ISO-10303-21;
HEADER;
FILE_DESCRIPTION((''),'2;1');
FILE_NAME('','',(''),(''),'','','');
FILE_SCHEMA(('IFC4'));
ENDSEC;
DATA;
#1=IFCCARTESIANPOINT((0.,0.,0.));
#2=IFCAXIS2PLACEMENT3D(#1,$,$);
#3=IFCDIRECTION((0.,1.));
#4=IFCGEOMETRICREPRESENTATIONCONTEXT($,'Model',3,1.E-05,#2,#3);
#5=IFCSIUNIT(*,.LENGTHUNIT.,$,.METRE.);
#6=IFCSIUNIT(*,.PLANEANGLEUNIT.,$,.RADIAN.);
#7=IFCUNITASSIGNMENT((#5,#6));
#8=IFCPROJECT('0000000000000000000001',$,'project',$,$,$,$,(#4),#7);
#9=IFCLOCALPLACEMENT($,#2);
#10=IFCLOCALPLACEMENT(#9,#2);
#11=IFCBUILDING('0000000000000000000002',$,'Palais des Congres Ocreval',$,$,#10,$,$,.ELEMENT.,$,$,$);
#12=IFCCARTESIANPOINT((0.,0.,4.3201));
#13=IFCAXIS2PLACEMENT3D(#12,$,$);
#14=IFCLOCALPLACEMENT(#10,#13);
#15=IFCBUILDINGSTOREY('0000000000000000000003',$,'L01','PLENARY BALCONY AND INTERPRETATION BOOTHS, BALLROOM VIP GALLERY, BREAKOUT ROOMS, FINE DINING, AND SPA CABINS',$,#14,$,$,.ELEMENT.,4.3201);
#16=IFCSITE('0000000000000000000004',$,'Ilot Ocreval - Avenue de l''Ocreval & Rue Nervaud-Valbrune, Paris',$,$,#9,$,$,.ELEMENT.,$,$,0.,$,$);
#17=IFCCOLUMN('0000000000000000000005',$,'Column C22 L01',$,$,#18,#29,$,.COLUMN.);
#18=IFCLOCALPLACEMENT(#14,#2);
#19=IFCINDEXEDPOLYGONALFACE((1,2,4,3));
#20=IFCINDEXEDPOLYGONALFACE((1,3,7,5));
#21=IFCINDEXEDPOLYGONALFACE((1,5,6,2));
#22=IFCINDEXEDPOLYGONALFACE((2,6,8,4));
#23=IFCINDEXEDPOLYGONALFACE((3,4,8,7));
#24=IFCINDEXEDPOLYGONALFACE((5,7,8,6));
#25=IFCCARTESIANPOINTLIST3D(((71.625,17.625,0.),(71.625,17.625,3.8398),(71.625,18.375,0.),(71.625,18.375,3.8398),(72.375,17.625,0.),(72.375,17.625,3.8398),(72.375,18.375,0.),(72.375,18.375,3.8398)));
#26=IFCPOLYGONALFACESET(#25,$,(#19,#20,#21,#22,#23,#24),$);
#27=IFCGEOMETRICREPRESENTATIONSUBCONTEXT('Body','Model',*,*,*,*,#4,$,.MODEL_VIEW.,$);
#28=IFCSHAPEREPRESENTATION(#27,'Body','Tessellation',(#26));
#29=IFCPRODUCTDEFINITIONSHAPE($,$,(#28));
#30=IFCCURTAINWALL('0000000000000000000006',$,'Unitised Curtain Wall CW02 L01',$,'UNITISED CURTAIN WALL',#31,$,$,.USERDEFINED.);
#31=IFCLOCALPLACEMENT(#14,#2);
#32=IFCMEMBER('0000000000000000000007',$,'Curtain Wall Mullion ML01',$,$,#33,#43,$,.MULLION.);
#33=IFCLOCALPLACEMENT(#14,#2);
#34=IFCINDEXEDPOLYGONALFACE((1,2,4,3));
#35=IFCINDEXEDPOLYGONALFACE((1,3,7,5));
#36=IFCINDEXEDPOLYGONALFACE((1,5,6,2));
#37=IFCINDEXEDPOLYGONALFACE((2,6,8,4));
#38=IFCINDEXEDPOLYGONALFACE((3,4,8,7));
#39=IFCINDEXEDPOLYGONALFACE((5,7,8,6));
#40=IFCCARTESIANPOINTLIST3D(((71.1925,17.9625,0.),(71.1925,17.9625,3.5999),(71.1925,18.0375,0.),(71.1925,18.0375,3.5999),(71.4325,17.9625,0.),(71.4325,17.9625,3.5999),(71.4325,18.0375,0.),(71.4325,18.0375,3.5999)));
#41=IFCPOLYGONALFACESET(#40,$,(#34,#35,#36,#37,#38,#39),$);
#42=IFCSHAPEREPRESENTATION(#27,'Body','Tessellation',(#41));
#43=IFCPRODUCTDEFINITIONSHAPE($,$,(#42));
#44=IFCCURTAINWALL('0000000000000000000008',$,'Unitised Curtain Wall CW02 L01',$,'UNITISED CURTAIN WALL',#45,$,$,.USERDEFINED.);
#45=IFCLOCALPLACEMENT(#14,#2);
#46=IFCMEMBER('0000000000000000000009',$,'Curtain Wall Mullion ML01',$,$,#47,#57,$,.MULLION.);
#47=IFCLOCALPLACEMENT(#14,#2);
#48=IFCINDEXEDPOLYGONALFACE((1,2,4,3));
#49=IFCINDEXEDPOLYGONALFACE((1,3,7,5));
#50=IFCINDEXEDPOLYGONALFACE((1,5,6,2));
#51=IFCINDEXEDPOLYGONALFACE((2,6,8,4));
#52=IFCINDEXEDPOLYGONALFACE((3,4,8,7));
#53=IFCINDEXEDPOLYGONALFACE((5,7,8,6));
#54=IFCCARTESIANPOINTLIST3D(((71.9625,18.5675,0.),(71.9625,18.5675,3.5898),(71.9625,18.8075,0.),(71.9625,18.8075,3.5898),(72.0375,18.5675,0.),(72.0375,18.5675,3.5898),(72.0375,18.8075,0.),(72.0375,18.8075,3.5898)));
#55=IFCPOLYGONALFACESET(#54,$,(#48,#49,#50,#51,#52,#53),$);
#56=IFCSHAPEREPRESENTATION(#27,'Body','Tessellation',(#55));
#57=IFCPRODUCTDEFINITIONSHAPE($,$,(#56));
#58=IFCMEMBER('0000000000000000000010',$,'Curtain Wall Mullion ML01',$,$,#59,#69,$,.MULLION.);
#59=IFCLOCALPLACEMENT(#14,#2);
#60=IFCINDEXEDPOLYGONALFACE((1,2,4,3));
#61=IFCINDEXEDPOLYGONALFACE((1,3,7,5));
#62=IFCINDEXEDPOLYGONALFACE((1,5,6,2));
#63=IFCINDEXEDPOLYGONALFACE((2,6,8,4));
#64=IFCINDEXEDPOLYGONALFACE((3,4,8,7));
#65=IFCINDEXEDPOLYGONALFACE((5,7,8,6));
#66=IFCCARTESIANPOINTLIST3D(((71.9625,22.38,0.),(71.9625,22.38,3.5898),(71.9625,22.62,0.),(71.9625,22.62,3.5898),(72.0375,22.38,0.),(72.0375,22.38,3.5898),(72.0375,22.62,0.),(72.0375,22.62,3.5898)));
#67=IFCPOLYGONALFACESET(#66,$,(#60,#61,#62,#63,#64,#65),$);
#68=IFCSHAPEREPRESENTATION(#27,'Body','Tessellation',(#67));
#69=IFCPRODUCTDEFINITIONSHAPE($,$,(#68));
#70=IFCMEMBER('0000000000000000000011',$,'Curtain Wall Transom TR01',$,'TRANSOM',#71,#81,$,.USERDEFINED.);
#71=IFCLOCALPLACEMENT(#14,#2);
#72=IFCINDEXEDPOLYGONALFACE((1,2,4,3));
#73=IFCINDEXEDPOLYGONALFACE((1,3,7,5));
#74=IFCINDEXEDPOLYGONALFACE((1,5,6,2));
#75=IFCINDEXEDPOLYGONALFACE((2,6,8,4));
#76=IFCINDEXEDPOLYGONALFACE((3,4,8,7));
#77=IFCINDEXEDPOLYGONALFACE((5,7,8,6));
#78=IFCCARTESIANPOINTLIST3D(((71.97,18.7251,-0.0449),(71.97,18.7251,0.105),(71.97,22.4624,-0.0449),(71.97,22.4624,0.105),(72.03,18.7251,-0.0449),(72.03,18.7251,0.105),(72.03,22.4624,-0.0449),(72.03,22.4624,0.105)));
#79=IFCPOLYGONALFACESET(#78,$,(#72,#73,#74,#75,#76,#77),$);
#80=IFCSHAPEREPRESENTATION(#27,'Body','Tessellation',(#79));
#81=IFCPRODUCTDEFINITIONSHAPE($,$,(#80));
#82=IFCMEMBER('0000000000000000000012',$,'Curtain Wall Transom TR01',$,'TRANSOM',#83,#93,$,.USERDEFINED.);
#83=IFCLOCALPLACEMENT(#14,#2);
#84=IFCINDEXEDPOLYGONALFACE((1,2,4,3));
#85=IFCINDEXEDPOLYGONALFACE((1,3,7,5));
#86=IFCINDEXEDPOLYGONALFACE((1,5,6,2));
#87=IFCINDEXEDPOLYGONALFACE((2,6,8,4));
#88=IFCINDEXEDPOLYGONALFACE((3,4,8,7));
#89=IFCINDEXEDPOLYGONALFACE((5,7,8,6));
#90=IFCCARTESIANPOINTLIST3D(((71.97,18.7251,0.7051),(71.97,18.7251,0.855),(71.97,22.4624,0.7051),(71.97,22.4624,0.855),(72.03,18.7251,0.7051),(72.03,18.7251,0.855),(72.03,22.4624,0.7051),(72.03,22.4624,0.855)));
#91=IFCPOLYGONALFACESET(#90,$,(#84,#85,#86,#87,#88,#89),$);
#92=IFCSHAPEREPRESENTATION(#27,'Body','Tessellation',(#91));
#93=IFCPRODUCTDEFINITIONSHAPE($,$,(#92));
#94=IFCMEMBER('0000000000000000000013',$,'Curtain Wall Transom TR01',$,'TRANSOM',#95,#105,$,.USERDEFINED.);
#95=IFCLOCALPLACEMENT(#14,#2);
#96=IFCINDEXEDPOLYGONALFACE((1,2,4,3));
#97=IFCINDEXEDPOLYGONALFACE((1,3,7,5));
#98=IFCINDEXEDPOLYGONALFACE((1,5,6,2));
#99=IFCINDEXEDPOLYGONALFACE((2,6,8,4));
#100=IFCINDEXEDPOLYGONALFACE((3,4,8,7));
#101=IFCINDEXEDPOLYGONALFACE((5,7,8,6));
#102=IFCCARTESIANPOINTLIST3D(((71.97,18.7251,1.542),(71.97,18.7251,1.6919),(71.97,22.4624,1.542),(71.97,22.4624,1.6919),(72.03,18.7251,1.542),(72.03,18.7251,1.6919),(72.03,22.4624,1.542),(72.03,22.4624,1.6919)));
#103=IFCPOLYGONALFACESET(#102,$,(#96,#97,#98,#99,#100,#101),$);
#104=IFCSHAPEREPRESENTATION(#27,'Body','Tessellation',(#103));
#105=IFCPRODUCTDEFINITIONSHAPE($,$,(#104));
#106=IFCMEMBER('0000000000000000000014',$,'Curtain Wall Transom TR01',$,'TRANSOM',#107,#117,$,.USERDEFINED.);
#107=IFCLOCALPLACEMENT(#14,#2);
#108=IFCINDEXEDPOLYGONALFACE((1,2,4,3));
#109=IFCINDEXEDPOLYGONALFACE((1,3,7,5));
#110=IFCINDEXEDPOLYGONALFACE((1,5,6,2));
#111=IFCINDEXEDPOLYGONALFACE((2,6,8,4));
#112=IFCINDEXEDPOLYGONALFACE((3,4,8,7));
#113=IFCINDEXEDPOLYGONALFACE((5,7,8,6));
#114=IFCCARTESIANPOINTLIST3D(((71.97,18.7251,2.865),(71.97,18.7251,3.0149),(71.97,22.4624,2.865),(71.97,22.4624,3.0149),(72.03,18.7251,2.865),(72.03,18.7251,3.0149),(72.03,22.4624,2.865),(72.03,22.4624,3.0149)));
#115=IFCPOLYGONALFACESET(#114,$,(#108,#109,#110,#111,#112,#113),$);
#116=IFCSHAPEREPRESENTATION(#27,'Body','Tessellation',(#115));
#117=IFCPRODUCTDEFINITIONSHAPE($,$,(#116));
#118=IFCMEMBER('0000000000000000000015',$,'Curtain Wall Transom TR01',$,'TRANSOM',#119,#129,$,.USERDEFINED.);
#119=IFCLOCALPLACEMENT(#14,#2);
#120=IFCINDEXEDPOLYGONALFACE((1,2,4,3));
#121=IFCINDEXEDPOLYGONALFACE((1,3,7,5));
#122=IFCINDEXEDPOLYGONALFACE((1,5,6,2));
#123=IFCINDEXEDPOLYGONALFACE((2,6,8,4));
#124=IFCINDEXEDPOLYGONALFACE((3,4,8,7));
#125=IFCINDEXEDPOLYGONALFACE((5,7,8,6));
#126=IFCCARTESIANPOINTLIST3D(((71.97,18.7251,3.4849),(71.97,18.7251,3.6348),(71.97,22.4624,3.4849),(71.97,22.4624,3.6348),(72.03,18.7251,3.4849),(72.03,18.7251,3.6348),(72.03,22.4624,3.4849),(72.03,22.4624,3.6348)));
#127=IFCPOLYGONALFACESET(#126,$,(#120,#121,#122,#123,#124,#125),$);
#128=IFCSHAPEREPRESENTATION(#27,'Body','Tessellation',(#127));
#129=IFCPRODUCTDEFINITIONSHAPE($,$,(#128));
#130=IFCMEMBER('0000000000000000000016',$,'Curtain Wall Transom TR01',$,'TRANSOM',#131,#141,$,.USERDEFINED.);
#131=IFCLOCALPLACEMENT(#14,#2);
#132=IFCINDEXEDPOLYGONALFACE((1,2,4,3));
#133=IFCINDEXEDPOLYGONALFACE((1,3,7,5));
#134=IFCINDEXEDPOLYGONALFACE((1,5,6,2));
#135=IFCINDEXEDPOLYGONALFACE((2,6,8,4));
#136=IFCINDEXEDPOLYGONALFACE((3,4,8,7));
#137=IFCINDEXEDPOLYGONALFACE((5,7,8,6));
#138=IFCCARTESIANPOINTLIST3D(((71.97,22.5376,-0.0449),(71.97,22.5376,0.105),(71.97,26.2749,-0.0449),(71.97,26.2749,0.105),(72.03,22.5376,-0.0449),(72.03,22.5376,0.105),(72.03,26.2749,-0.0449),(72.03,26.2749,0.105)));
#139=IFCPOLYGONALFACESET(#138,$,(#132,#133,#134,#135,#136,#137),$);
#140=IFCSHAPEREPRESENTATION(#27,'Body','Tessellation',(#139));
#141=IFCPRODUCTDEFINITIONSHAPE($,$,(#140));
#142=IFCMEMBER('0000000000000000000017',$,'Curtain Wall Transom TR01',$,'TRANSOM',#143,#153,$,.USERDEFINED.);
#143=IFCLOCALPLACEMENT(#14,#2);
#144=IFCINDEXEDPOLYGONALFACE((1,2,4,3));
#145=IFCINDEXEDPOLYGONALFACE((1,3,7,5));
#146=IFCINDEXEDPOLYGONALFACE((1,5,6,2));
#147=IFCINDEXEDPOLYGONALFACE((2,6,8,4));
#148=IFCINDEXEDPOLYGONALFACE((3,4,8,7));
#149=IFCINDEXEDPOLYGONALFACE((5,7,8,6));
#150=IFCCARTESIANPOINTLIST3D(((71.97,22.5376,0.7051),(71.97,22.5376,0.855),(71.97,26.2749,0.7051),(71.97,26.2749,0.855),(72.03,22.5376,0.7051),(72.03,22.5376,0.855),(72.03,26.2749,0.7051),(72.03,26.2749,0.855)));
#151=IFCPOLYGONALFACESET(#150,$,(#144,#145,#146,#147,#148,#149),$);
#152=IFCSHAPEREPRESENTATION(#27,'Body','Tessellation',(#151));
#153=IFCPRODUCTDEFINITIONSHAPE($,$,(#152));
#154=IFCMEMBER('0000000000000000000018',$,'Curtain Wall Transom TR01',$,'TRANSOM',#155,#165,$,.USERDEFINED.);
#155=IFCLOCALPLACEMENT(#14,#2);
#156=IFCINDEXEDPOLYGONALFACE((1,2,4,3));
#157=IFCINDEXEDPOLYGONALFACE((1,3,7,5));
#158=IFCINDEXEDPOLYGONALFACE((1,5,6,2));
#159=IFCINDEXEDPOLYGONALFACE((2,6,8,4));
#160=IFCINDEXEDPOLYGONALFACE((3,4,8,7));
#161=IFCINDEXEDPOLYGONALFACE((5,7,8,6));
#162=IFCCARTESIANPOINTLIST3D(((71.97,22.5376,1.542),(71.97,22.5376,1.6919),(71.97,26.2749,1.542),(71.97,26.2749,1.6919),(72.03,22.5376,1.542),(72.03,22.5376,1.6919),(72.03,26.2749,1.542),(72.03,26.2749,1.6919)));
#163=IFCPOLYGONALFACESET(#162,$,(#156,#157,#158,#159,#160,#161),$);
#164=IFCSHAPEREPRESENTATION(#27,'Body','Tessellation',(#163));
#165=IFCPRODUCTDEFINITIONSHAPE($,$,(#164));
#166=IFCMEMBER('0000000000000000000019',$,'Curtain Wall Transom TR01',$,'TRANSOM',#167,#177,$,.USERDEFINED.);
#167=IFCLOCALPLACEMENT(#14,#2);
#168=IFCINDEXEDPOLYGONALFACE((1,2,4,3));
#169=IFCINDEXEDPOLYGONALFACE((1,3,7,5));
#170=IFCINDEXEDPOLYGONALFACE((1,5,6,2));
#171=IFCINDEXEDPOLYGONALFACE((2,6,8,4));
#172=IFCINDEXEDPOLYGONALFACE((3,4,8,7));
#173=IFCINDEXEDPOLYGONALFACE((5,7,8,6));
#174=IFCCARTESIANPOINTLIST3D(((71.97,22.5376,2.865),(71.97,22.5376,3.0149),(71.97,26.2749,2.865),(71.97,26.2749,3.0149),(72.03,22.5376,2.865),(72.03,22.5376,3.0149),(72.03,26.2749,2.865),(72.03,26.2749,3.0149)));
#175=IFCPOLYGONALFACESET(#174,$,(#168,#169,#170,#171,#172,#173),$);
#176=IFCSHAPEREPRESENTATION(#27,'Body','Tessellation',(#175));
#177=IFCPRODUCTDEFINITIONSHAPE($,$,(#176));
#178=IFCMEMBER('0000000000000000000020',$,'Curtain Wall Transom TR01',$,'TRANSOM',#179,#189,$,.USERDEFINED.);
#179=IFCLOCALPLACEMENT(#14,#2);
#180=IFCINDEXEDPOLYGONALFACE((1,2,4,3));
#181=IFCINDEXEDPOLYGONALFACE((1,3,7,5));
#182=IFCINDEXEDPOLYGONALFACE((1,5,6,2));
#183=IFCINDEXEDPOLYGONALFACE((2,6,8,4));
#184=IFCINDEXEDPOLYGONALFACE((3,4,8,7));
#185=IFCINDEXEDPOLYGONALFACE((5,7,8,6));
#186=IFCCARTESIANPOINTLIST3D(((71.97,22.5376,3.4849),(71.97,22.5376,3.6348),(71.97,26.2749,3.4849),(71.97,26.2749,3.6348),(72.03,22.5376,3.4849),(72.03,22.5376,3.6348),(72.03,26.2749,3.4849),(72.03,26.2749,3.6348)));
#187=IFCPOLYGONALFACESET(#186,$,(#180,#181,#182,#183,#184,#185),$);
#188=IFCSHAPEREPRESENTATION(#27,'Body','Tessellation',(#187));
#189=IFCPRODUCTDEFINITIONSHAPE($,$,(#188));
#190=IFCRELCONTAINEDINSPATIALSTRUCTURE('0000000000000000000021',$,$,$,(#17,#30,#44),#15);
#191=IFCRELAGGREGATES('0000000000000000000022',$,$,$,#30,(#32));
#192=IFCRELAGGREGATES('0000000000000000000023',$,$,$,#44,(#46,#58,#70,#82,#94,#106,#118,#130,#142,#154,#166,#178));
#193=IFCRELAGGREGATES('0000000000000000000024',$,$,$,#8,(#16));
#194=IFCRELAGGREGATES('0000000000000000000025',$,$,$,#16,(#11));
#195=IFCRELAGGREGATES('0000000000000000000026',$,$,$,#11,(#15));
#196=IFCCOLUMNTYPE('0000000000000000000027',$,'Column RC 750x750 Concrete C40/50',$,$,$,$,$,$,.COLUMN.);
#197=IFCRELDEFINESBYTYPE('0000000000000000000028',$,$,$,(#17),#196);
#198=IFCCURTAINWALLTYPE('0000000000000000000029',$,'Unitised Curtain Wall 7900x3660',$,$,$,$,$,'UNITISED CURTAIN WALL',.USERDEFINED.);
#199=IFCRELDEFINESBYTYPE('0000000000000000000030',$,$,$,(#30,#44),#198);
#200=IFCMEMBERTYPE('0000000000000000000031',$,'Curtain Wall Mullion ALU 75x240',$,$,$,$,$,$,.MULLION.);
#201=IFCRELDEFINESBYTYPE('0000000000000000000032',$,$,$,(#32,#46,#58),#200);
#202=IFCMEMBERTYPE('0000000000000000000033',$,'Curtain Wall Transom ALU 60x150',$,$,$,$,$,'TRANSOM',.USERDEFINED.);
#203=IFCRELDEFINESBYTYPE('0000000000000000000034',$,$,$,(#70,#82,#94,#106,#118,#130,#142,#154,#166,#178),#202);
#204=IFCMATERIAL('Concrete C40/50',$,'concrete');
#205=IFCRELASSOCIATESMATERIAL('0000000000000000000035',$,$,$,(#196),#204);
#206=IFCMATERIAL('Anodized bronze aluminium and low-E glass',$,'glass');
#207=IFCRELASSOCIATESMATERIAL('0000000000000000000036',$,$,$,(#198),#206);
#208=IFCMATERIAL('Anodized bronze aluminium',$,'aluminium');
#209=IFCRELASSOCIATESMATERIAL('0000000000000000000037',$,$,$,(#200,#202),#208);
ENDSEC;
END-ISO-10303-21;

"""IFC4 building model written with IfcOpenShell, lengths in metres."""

from ifc_helpers import new_model, si_unit, direction, frame, origin, origin_2d, place, context, subcontext, project, spatial, rectangle, extrude, material, material_profile, profile_set, type_object, element, aggregate, save


model = new_model("IFC4")

# Units and contexts
model_context = context("Model", 3, precision=1e-05, world=origin(), true_north=direction((0.0, 1.0)))
body_context = subcontext(model_context, "Body", "Model", "MODEL_VIEW")
ifc_project = project(units=[si_unit("LENGTHUNIT", "METRE"), si_unit("PLANEANGLEUNIT", "RADIAN")], contexts=[model_context])

# Site, building, storey
site_placement = place(None, origin())
site = spatial("IfcSite", under=ifc_project, at=site_placement, Name="Ilot Ocreval - Avenue de l'Ocreval & Rue Nervaud-Valbrune, Paris", CompositionType="ELEMENT", RefElevation=0.0)
building_placement = place(site_placement, origin())
building = spatial("IfcBuilding", under=site, at=building_placement, Name="Palais des Congres Ocreval", CompositionType="ELEMENT")
storey_placement = place(building_placement, frame((0.0, 0.0, 4.3201)))
storey = spatial("IfcBuildingStorey", under=building, at=storey_placement, Name="L01", Description="PLENARY BALCONY AND INTERPRETATION BOOTHS, BALLROOM VIP GALLERY, BREAKOUT ROOMS, FINE DINING, AND SPA CABINS", CompositionType="ELEMENT", Elevation=4.3201)

# Column
ifc_material_1 = material(Name="Concrete C40/50", Category="concrete")
ifc_material_profile_1 = material_profile(ifc_material_1, rectangle(XDim=0.75, YDim=0.75, at=origin_2d()), Name="RC 750x750")
ifc_profile_set_1 = profile_set([ifc_material_profile_1], Name="Concrete C40/50")
column_type = type_object("IfcColumnType", Name="Column RC 750x750 Concrete C40/50", PredefinedType="COLUMN", material=ifc_profile_set_1)
column_placement = place(storey_placement, frame((72.0, 18.0, 0.0), z_axis=(0.0, 0.0, 1.0), x_axis=(1.0, 0.0, 0.0)))
element("IfcColumn", 1, at=column_placement, inside=storey, type_object=column_type, Name="Column C22 L01", PredefinedType="COLUMN", context=body_context, shape_type="SweptSolid", body=[
    extrude(rectangle(XDim=0.75, YDim=0.75, at=origin_2d()), origin(), (0.0, 0.0, 1.0), 3.8398),
])

# Curtain wall, member
ifc_material_2 = material(Name="Anodized bronze aluminium and low-E glass", Category="glass")
curtain_wall_type = type_object("IfcCurtainWallType", Name="Unitised Curtain Wall 7900x3660", ElementType="UNITISED CURTAIN WALL", PredefinedType="USERDEFINED", material=ifc_material_2)
curtain_wall_1_placement = place(storey_placement, origin())
curtain_wall_1 = element("IfcCurtainWall", 2, at=curtain_wall_1_placement, inside=storey, type_object=curtain_wall_type, Name="Unitised Curtain Wall CW02 L01", ObjectType="UNITISED CURTAIN WALL", PredefinedType="USERDEFINED")
ifc_material_3 = material(Name="Anodized bronze aluminium", Category="aluminium")
ifc_material_profile_2 = material_profile(ifc_material_3, rectangle(XDim=0.075, YDim=0.24, at=origin_2d()), Name="ALU 75x240")
ifc_profile_set_2 = profile_set([ifc_material_profile_2], Name="Anodized bronze aluminium")
member_type_1 = type_object("IfcMemberType", Name="Curtain Wall Mullion ALU 75x240", PredefinedType="MULLION", material=ifc_profile_set_2)
member_1_placement = place(storey_placement, frame((71.3125, 18.0, 0.0), z_axis=(0.0, 0.0, 1.0), x_axis=(0.0, 1.0, 0.0)))
member_1 = element("IfcMember", 3, at=member_1_placement, type_object=member_type_1, Name="Curtain Wall Mullion ML01", PredefinedType="MULLION", context=body_context, shape_type="SweptSolid", body=[
    extrude(rectangle(XDim=0.075, YDim=0.24, at=origin_2d()), origin(), (0.0, 0.0, 1.0), 3.5999),
])

# Curtain wall, members
curtain_wall_2_placement = place(storey_placement, origin())
curtain_wall_2 = element("IfcCurtainWall", 4, at=curtain_wall_2_placement, inside=storey, type_object=curtain_wall_type, Name="Unitised Curtain Wall CW02 L01", ObjectType="UNITISED CURTAIN WALL", PredefinedType="USERDEFINED")
member_2_placement = place(storey_placement, frame((72.0, 18.6875, 0.0), z_axis=(0.0, 0.0, 1.0), x_axis=(-1.0, 0.0, 0.0)))
member_2 = element("IfcMember", 5, at=member_2_placement, type_object=member_type_1, Name="Curtain Wall Mullion ML01", PredefinedType="MULLION", context=body_context, shape_type="SweptSolid", body=[
    extrude(rectangle(XDim=0.075, YDim=0.24, at=origin_2d()), origin(), (0.0, 0.0, 1.0), 3.5898),
])
member_3_placement = place(storey_placement, frame((72.0, 22.5, 0.0), z_axis=(0.0, 0.0, 1.0), x_axis=(-1.0, 0.0, 0.0)))
member_3 = element("IfcMember", 6, at=member_3_placement, type_object=member_type_1, Name="Curtain Wall Mullion ML01", PredefinedType="MULLION", context=body_context, shape_type="SweptSolid", body=[
    extrude(rectangle(XDim=0.075, YDim=0.24, at=origin_2d()), origin(), (0.0, 0.0, 1.0), 3.5898),
])
ifc_material_profile_3 = material_profile(ifc_material_3, rectangle(XDim=0.0601, YDim=0.1499, at=origin_2d()), Name="ALU 60x150")
ifc_profile_set_3 = profile_set([ifc_material_profile_3], Name="Anodized bronze aluminium")
member_type_2 = type_object("IfcMemberType", Name="Curtain Wall Transom ALU 60x150", ElementType="TRANSOM", PredefinedType="USERDEFINED", material=ifc_profile_set_3)
member_4_placement = place(storey_placement, frame((72.0, 18.7251, 0.03), z_axis=(0.0, 1.0, 0.0), x_axis=(-1.0, 0.0, 0.0)))
member_4 = element("IfcMember", 7, at=member_4_placement, type_object=member_type_2, Name="Curtain Wall Transom TR01", ObjectType="TRANSOM", PredefinedType="USERDEFINED", context=body_context, shape_type="SweptSolid", body=[
    extrude(rectangle(XDim=0.0601, YDim=0.1499, at=origin_2d()), origin(), (0.0, 0.0, 1.0), 3.7373),
])
member_5_placement = place(storey_placement, frame((72.0, 18.7251, 0.78), z_axis=(0.0, 1.0, 0.0), x_axis=(-1.0, 0.0, 0.0)))
member_5 = element("IfcMember", 8, at=member_5_placement, type_object=member_type_2, Name="Curtain Wall Transom TR01", ObjectType="TRANSOM", PredefinedType="USERDEFINED", context=body_context, shape_type="SweptSolid", body=[
    extrude(rectangle(XDim=0.0601, YDim=0.1499, at=origin_2d()), origin(), (0.0, 0.0, 1.0), 3.7373),
])
member_6_placement = place(storey_placement, frame((72.0, 18.7251, 1.6169), z_axis=(0.0, 1.0, 0.0), x_axis=(-1.0, 0.0, 0.0)))
member_6 = element("IfcMember", 9, at=member_6_placement, type_object=member_type_2, Name="Curtain Wall Transom TR01", ObjectType="TRANSOM", PredefinedType="USERDEFINED", context=body_context, shape_type="SweptSolid", body=[
    extrude(rectangle(XDim=0.0601, YDim=0.1499, at=origin_2d()), origin(), (0.0, 0.0, 1.0), 3.7373),
])
member_7_placement = place(storey_placement, frame((72.0, 18.7251, 2.9399), z_axis=(0.0, 1.0, 0.0), x_axis=(-1.0, 0.0, 0.0)))
member_7 = element("IfcMember", 10, at=member_7_placement, type_object=member_type_2, Name="Curtain Wall Transom TR01", ObjectType="TRANSOM", PredefinedType="USERDEFINED", context=body_context, shape_type="SweptSolid", body=[
    extrude(rectangle(XDim=0.0601, YDim=0.1499, at=origin_2d()), origin(), (0.0, 0.0, 1.0), 3.7373),
])
member_8_placement = place(storey_placement, frame((72.0, 18.7251, 3.5598), z_axis=(0.0, 1.0, 0.0), x_axis=(-1.0, 0.0, 0.0)))
member_8 = element("IfcMember", 11, at=member_8_placement, type_object=member_type_2, Name="Curtain Wall Transom TR01", ObjectType="TRANSOM", PredefinedType="USERDEFINED", context=body_context, shape_type="SweptSolid", body=[
    extrude(rectangle(XDim=0.0601, YDim=0.1499, at=origin_2d()), origin(), (0.0, 0.0, 1.0), 3.7373),
])
member_9_placement = place(storey_placement, frame((72.0, 22.5376, 0.03), z_axis=(0.0, 1.0, 0.0), x_axis=(-1.0, 0.0, 0.0)))
member_9 = element("IfcMember", 12, at=member_9_placement, type_object=member_type_2, Name="Curtain Wall Transom TR01", ObjectType="TRANSOM", PredefinedType="USERDEFINED", context=body_context, shape_type="SweptSolid", body=[
    extrude(rectangle(XDim=0.0601, YDim=0.1499, at=origin_2d()), origin(), (0.0, 0.0, 1.0), 3.7373),
])
member_10_placement = place(storey_placement, frame((72.0, 22.5376, 0.78), z_axis=(0.0, 1.0, 0.0), x_axis=(-1.0, 0.0, 0.0)))
member_10 = element("IfcMember", 13, at=member_10_placement, type_object=member_type_2, Name="Curtain Wall Transom TR01", ObjectType="TRANSOM", PredefinedType="USERDEFINED", context=body_context, shape_type="SweptSolid", body=[
    extrude(rectangle(XDim=0.0601, YDim=0.1499, at=origin_2d()), origin(), (0.0, 0.0, 1.0), 3.7373),
])
member_11_placement = place(storey_placement, frame((72.0, 22.5376, 1.6169), z_axis=(0.0, 1.0, 0.0), x_axis=(-1.0, 0.0, 0.0)))
member_11 = element("IfcMember", 14, at=member_11_placement, type_object=member_type_2, Name="Curtain Wall Transom TR01", ObjectType="TRANSOM", PredefinedType="USERDEFINED", context=body_context, shape_type="SweptSolid", body=[
    extrude(rectangle(XDim=0.0601, YDim=0.1499, at=origin_2d()), origin(), (0.0, 0.0, 1.0), 3.7373),
])
member_12_placement = place(storey_placement, frame((72.0, 22.5376, 2.9399), z_axis=(0.0, 1.0, 0.0), x_axis=(-1.0, 0.0, 0.0)))
member_12 = element("IfcMember", 15, at=member_12_placement, type_object=member_type_2, Name="Curtain Wall Transom TR01", ObjectType="TRANSOM", PredefinedType="USERDEFINED", context=body_context, shape_type="SweptSolid", body=[
    extrude(rectangle(XDim=0.0601, YDim=0.1499, at=origin_2d()), origin(), (0.0, 0.0, 1.0), 3.7373),
])
member_13_placement = place(storey_placement, frame((72.0, 22.5376, 3.5598), z_axis=(0.0, 1.0, 0.0), x_axis=(-1.0, 0.0, 0.0)))
member_13 = element("IfcMember", 16, at=member_13_placement, type_object=member_type_2, Name="Curtain Wall Transom TR01", ObjectType="TRANSOM", PredefinedType="USERDEFINED", context=body_context, shape_type="SweptSolid", body=[
    extrude(rectangle(XDim=0.0601, YDim=0.1499, at=origin_2d()), origin(), (0.0, 0.0, 1.0), 3.7373),
])

aggregate(curtain_wall_1, [member_1])
aggregate(curtain_wall_2, [member_2, member_3, member_4, member_5, member_6, member_7, member_8, member_9, member_10, member_11, member_12, member_13])

save(model, "model.ifc")
